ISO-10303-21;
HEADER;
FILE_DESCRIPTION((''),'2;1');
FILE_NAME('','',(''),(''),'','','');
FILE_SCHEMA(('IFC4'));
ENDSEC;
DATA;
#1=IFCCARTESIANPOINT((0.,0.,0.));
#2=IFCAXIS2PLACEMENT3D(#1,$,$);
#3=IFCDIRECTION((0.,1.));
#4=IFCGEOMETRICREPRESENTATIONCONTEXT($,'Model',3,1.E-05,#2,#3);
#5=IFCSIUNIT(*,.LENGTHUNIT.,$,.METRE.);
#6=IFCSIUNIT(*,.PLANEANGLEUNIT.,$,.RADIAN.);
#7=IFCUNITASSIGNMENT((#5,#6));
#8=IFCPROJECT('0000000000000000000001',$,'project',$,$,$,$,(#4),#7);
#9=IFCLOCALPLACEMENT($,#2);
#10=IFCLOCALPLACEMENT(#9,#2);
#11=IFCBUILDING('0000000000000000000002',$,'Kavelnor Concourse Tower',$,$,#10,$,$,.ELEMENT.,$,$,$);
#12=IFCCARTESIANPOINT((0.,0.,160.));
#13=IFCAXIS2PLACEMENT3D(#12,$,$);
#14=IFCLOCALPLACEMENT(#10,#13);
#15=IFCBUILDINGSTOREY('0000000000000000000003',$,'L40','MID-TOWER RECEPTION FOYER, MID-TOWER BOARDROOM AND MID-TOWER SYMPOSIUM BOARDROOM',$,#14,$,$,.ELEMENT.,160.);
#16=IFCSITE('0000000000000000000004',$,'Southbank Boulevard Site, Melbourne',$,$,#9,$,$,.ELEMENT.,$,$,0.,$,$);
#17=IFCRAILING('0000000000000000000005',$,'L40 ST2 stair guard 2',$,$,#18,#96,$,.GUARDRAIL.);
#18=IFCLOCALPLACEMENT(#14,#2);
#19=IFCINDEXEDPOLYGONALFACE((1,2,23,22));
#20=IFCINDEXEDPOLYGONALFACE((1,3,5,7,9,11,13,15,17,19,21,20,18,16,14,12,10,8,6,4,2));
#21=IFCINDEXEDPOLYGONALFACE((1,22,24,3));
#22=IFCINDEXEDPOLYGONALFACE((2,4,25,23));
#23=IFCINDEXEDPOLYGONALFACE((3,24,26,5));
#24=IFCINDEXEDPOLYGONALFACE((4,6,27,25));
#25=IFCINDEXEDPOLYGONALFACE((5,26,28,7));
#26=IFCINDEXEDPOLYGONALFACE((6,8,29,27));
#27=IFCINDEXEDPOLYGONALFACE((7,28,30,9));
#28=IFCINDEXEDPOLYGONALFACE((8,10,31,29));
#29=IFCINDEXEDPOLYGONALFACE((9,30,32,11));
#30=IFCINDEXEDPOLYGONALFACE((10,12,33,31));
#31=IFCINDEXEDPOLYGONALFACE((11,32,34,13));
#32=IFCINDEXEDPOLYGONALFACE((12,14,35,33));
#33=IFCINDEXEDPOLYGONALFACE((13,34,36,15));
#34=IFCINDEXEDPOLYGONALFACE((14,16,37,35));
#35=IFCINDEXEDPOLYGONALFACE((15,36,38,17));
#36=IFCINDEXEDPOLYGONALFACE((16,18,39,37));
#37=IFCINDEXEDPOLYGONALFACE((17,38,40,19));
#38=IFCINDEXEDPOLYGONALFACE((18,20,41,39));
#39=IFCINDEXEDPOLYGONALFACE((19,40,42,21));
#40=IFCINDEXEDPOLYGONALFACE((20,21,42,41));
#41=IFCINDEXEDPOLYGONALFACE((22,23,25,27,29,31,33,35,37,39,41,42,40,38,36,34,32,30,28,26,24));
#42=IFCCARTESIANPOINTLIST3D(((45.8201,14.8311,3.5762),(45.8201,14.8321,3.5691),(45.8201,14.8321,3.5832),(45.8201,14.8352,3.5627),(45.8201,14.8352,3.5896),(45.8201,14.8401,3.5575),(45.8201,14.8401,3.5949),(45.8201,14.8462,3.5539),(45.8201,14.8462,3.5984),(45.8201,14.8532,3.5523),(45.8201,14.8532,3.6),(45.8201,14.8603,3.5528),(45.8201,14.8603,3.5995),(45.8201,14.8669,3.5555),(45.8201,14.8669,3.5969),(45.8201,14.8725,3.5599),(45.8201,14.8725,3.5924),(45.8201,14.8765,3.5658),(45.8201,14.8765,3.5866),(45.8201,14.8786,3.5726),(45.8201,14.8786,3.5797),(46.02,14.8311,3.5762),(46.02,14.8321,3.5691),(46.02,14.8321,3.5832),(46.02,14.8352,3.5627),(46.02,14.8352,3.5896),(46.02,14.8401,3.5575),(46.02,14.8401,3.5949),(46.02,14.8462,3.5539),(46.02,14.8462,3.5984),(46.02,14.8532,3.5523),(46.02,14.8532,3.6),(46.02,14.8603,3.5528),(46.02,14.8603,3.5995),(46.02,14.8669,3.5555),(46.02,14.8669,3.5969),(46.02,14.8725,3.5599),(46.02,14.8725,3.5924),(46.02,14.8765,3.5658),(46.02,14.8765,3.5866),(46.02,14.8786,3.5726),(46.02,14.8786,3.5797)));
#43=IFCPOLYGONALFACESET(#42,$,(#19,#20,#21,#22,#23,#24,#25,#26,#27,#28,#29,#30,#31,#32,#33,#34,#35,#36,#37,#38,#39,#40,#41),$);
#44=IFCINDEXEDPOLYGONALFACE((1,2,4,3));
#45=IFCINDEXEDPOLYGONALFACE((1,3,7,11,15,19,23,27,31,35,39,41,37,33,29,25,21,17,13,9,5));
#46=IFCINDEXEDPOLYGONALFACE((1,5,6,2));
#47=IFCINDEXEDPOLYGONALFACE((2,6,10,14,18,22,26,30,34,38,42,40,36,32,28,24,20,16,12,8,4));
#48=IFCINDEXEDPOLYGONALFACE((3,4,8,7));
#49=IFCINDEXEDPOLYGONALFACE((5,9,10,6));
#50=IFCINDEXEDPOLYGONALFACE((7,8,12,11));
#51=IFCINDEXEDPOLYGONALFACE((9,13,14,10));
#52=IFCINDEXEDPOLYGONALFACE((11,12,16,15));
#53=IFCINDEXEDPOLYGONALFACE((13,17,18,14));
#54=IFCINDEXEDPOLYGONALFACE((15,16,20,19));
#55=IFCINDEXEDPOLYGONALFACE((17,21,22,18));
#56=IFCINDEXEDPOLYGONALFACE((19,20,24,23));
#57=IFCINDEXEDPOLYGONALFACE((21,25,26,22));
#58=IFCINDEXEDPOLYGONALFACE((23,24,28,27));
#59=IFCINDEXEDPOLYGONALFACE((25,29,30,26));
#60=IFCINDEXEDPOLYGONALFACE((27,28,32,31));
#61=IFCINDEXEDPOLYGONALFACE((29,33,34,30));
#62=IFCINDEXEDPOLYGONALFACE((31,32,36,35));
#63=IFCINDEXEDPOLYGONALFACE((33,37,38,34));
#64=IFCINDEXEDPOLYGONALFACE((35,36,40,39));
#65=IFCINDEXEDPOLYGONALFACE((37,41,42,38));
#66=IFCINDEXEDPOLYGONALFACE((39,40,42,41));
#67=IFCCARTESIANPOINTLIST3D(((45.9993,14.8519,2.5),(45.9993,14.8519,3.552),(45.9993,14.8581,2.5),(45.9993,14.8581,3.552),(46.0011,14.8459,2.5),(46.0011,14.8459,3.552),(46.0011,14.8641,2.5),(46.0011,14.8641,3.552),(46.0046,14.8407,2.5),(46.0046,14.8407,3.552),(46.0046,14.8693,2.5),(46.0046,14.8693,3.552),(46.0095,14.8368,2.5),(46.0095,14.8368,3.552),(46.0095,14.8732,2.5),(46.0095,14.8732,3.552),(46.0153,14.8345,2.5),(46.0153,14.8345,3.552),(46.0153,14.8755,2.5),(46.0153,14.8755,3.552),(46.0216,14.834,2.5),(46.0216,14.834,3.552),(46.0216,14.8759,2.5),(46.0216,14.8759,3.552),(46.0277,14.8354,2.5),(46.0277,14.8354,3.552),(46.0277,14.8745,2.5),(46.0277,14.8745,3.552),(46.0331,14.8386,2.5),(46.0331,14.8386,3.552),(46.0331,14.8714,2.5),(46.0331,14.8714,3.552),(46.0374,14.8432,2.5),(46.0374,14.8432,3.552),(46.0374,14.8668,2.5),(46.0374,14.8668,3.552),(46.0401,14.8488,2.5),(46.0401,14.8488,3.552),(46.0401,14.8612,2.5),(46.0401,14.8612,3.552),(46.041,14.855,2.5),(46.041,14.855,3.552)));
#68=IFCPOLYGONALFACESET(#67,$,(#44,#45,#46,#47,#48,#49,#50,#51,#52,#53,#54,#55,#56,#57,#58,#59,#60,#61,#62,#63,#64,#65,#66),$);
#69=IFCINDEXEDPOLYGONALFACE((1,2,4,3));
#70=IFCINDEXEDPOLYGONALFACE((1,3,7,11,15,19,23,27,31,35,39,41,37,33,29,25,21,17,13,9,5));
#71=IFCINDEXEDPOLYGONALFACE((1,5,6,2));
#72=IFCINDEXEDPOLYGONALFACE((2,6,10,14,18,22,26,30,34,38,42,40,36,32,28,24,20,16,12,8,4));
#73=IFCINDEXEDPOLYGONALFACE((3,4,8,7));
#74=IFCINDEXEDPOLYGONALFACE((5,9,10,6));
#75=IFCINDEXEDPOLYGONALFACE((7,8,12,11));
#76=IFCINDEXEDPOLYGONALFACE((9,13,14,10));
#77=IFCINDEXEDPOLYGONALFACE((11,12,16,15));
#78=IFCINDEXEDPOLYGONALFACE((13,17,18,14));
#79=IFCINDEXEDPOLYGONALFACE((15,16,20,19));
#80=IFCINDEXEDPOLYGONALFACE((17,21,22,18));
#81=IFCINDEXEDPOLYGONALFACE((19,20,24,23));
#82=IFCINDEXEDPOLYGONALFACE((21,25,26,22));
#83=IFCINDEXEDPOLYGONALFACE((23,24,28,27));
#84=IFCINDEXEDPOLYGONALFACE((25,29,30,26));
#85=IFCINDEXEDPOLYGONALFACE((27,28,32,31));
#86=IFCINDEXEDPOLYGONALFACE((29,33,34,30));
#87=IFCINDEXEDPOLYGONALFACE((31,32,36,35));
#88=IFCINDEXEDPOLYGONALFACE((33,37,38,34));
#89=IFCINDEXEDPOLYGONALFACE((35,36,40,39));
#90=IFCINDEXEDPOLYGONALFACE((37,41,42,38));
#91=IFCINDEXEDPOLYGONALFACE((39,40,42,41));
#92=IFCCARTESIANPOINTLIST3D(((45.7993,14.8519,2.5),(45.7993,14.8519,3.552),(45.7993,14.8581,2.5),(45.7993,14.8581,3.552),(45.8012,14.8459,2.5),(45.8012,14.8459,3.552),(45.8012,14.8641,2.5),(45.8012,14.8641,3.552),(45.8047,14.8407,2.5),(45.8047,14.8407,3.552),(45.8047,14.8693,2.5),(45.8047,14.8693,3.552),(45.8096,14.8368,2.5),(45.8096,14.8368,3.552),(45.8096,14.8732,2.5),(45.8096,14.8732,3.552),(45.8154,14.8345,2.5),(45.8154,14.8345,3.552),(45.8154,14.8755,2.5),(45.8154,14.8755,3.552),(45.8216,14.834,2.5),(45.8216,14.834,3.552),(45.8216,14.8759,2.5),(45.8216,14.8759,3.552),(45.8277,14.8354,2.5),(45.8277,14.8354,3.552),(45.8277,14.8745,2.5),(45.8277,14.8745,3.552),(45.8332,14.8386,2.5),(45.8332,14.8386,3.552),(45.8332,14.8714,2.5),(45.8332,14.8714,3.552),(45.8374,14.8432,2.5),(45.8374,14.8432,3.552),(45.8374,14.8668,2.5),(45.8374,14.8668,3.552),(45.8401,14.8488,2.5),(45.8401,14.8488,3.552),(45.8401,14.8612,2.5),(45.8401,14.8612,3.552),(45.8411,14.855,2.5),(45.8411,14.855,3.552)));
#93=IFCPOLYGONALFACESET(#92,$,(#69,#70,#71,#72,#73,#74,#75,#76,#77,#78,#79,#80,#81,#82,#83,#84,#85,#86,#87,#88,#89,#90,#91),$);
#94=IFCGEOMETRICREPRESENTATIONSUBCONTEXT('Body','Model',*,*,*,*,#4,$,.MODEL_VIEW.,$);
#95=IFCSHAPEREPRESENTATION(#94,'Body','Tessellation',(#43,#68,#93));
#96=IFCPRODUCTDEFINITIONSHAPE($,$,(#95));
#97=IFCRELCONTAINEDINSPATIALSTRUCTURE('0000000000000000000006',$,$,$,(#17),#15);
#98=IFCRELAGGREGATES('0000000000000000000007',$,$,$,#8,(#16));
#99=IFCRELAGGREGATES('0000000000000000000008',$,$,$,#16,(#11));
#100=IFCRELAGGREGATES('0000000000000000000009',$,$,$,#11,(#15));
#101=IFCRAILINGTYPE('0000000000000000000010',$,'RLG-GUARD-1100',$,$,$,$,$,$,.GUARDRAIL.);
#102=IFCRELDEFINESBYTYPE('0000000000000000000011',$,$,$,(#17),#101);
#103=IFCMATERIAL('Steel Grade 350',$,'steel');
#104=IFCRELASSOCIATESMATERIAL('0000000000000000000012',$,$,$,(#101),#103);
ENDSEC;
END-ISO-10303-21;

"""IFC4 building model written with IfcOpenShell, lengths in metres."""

from ifc_helpers import new_model, si_unit, direction, frame, origin, origin_2d, place, context, subcontext, project, spatial, circle, extrude, material, type_object, element, save


model = new_model("IFC4")

# Units and contexts
model_context = context("Model", 3, precision=1e-05, world=origin(), true_north=direction((0.0, 1.0)))
body_context = subcontext(model_context, "Body", "Model", "MODEL_VIEW")
ifc_project = project(units=[si_unit("LENGTHUNIT", "METRE"), si_unit("PLANEANGLEUNIT", "RADIAN")], contexts=[model_context])

# Site, building, storey
site_placement = place(None, origin())
site = spatial("IfcSite", under=ifc_project, at=site_placement, Name="Southbank Boulevard Site, Melbourne", CompositionType="ELEMENT", RefElevation=0.0)
building_placement = place(site_placement, origin())
building = spatial("IfcBuilding", under=site, at=building_placement, Name="Kavelnor Concourse Tower", CompositionType="ELEMENT")
storey_placement = place(building_placement, frame((0.0, 0.0, 160.0)))
storey = spatial("IfcBuildingStorey", under=building, at=storey_placement, Name="L40", Description="MID-TOWER RECEPTION FOYER, MID-TOWER BOARDROOM AND MID-TOWER SYMPOSIUM BOARDROOM", CompositionType="ELEMENT", Elevation=160.0)

# Shared definitions
ifc_material_1 = material(Name="Steel Grade 350", Category="steel")

# Railing
railing_type_1 = type_object("IfcRailingType", Name="RLG-GUARD-1100", PredefinedType="GUARDRAIL", material=ifc_material_1)
railing_1_placement = place(storey_placement, frame((46.02, 14.855, 2.5)))
element("IfcRailing", 1, at=railing_1_placement, inside=storey, type_object=railing_type_1, Name="L40 ST2 stair guard 2", PredefinedType="GUARDRAIL", context=body_context, shape_type="SweptSolid", body=[
    extrude(circle(Radius=0.0239, at=origin_2d()), frame((0.0, 0.0, 1.0762), z_axis=(-1.0, 0.0, 0.0), x_axis=(0.0, -1.0, 0.0)), (0.0, 0.0, 1.0), 0.2),
    extrude(circle(Radius=0.021, at=origin_2d()), origin(), (0.0, 0.0, 1.0), 1.052),
    extrude(circle(Radius=0.021, at=origin_2d()), frame((-0.2, 0.0, 0.0)), (0.0, 0.0, 1.0), 1.052),
])

save(model, "model.ifc")
